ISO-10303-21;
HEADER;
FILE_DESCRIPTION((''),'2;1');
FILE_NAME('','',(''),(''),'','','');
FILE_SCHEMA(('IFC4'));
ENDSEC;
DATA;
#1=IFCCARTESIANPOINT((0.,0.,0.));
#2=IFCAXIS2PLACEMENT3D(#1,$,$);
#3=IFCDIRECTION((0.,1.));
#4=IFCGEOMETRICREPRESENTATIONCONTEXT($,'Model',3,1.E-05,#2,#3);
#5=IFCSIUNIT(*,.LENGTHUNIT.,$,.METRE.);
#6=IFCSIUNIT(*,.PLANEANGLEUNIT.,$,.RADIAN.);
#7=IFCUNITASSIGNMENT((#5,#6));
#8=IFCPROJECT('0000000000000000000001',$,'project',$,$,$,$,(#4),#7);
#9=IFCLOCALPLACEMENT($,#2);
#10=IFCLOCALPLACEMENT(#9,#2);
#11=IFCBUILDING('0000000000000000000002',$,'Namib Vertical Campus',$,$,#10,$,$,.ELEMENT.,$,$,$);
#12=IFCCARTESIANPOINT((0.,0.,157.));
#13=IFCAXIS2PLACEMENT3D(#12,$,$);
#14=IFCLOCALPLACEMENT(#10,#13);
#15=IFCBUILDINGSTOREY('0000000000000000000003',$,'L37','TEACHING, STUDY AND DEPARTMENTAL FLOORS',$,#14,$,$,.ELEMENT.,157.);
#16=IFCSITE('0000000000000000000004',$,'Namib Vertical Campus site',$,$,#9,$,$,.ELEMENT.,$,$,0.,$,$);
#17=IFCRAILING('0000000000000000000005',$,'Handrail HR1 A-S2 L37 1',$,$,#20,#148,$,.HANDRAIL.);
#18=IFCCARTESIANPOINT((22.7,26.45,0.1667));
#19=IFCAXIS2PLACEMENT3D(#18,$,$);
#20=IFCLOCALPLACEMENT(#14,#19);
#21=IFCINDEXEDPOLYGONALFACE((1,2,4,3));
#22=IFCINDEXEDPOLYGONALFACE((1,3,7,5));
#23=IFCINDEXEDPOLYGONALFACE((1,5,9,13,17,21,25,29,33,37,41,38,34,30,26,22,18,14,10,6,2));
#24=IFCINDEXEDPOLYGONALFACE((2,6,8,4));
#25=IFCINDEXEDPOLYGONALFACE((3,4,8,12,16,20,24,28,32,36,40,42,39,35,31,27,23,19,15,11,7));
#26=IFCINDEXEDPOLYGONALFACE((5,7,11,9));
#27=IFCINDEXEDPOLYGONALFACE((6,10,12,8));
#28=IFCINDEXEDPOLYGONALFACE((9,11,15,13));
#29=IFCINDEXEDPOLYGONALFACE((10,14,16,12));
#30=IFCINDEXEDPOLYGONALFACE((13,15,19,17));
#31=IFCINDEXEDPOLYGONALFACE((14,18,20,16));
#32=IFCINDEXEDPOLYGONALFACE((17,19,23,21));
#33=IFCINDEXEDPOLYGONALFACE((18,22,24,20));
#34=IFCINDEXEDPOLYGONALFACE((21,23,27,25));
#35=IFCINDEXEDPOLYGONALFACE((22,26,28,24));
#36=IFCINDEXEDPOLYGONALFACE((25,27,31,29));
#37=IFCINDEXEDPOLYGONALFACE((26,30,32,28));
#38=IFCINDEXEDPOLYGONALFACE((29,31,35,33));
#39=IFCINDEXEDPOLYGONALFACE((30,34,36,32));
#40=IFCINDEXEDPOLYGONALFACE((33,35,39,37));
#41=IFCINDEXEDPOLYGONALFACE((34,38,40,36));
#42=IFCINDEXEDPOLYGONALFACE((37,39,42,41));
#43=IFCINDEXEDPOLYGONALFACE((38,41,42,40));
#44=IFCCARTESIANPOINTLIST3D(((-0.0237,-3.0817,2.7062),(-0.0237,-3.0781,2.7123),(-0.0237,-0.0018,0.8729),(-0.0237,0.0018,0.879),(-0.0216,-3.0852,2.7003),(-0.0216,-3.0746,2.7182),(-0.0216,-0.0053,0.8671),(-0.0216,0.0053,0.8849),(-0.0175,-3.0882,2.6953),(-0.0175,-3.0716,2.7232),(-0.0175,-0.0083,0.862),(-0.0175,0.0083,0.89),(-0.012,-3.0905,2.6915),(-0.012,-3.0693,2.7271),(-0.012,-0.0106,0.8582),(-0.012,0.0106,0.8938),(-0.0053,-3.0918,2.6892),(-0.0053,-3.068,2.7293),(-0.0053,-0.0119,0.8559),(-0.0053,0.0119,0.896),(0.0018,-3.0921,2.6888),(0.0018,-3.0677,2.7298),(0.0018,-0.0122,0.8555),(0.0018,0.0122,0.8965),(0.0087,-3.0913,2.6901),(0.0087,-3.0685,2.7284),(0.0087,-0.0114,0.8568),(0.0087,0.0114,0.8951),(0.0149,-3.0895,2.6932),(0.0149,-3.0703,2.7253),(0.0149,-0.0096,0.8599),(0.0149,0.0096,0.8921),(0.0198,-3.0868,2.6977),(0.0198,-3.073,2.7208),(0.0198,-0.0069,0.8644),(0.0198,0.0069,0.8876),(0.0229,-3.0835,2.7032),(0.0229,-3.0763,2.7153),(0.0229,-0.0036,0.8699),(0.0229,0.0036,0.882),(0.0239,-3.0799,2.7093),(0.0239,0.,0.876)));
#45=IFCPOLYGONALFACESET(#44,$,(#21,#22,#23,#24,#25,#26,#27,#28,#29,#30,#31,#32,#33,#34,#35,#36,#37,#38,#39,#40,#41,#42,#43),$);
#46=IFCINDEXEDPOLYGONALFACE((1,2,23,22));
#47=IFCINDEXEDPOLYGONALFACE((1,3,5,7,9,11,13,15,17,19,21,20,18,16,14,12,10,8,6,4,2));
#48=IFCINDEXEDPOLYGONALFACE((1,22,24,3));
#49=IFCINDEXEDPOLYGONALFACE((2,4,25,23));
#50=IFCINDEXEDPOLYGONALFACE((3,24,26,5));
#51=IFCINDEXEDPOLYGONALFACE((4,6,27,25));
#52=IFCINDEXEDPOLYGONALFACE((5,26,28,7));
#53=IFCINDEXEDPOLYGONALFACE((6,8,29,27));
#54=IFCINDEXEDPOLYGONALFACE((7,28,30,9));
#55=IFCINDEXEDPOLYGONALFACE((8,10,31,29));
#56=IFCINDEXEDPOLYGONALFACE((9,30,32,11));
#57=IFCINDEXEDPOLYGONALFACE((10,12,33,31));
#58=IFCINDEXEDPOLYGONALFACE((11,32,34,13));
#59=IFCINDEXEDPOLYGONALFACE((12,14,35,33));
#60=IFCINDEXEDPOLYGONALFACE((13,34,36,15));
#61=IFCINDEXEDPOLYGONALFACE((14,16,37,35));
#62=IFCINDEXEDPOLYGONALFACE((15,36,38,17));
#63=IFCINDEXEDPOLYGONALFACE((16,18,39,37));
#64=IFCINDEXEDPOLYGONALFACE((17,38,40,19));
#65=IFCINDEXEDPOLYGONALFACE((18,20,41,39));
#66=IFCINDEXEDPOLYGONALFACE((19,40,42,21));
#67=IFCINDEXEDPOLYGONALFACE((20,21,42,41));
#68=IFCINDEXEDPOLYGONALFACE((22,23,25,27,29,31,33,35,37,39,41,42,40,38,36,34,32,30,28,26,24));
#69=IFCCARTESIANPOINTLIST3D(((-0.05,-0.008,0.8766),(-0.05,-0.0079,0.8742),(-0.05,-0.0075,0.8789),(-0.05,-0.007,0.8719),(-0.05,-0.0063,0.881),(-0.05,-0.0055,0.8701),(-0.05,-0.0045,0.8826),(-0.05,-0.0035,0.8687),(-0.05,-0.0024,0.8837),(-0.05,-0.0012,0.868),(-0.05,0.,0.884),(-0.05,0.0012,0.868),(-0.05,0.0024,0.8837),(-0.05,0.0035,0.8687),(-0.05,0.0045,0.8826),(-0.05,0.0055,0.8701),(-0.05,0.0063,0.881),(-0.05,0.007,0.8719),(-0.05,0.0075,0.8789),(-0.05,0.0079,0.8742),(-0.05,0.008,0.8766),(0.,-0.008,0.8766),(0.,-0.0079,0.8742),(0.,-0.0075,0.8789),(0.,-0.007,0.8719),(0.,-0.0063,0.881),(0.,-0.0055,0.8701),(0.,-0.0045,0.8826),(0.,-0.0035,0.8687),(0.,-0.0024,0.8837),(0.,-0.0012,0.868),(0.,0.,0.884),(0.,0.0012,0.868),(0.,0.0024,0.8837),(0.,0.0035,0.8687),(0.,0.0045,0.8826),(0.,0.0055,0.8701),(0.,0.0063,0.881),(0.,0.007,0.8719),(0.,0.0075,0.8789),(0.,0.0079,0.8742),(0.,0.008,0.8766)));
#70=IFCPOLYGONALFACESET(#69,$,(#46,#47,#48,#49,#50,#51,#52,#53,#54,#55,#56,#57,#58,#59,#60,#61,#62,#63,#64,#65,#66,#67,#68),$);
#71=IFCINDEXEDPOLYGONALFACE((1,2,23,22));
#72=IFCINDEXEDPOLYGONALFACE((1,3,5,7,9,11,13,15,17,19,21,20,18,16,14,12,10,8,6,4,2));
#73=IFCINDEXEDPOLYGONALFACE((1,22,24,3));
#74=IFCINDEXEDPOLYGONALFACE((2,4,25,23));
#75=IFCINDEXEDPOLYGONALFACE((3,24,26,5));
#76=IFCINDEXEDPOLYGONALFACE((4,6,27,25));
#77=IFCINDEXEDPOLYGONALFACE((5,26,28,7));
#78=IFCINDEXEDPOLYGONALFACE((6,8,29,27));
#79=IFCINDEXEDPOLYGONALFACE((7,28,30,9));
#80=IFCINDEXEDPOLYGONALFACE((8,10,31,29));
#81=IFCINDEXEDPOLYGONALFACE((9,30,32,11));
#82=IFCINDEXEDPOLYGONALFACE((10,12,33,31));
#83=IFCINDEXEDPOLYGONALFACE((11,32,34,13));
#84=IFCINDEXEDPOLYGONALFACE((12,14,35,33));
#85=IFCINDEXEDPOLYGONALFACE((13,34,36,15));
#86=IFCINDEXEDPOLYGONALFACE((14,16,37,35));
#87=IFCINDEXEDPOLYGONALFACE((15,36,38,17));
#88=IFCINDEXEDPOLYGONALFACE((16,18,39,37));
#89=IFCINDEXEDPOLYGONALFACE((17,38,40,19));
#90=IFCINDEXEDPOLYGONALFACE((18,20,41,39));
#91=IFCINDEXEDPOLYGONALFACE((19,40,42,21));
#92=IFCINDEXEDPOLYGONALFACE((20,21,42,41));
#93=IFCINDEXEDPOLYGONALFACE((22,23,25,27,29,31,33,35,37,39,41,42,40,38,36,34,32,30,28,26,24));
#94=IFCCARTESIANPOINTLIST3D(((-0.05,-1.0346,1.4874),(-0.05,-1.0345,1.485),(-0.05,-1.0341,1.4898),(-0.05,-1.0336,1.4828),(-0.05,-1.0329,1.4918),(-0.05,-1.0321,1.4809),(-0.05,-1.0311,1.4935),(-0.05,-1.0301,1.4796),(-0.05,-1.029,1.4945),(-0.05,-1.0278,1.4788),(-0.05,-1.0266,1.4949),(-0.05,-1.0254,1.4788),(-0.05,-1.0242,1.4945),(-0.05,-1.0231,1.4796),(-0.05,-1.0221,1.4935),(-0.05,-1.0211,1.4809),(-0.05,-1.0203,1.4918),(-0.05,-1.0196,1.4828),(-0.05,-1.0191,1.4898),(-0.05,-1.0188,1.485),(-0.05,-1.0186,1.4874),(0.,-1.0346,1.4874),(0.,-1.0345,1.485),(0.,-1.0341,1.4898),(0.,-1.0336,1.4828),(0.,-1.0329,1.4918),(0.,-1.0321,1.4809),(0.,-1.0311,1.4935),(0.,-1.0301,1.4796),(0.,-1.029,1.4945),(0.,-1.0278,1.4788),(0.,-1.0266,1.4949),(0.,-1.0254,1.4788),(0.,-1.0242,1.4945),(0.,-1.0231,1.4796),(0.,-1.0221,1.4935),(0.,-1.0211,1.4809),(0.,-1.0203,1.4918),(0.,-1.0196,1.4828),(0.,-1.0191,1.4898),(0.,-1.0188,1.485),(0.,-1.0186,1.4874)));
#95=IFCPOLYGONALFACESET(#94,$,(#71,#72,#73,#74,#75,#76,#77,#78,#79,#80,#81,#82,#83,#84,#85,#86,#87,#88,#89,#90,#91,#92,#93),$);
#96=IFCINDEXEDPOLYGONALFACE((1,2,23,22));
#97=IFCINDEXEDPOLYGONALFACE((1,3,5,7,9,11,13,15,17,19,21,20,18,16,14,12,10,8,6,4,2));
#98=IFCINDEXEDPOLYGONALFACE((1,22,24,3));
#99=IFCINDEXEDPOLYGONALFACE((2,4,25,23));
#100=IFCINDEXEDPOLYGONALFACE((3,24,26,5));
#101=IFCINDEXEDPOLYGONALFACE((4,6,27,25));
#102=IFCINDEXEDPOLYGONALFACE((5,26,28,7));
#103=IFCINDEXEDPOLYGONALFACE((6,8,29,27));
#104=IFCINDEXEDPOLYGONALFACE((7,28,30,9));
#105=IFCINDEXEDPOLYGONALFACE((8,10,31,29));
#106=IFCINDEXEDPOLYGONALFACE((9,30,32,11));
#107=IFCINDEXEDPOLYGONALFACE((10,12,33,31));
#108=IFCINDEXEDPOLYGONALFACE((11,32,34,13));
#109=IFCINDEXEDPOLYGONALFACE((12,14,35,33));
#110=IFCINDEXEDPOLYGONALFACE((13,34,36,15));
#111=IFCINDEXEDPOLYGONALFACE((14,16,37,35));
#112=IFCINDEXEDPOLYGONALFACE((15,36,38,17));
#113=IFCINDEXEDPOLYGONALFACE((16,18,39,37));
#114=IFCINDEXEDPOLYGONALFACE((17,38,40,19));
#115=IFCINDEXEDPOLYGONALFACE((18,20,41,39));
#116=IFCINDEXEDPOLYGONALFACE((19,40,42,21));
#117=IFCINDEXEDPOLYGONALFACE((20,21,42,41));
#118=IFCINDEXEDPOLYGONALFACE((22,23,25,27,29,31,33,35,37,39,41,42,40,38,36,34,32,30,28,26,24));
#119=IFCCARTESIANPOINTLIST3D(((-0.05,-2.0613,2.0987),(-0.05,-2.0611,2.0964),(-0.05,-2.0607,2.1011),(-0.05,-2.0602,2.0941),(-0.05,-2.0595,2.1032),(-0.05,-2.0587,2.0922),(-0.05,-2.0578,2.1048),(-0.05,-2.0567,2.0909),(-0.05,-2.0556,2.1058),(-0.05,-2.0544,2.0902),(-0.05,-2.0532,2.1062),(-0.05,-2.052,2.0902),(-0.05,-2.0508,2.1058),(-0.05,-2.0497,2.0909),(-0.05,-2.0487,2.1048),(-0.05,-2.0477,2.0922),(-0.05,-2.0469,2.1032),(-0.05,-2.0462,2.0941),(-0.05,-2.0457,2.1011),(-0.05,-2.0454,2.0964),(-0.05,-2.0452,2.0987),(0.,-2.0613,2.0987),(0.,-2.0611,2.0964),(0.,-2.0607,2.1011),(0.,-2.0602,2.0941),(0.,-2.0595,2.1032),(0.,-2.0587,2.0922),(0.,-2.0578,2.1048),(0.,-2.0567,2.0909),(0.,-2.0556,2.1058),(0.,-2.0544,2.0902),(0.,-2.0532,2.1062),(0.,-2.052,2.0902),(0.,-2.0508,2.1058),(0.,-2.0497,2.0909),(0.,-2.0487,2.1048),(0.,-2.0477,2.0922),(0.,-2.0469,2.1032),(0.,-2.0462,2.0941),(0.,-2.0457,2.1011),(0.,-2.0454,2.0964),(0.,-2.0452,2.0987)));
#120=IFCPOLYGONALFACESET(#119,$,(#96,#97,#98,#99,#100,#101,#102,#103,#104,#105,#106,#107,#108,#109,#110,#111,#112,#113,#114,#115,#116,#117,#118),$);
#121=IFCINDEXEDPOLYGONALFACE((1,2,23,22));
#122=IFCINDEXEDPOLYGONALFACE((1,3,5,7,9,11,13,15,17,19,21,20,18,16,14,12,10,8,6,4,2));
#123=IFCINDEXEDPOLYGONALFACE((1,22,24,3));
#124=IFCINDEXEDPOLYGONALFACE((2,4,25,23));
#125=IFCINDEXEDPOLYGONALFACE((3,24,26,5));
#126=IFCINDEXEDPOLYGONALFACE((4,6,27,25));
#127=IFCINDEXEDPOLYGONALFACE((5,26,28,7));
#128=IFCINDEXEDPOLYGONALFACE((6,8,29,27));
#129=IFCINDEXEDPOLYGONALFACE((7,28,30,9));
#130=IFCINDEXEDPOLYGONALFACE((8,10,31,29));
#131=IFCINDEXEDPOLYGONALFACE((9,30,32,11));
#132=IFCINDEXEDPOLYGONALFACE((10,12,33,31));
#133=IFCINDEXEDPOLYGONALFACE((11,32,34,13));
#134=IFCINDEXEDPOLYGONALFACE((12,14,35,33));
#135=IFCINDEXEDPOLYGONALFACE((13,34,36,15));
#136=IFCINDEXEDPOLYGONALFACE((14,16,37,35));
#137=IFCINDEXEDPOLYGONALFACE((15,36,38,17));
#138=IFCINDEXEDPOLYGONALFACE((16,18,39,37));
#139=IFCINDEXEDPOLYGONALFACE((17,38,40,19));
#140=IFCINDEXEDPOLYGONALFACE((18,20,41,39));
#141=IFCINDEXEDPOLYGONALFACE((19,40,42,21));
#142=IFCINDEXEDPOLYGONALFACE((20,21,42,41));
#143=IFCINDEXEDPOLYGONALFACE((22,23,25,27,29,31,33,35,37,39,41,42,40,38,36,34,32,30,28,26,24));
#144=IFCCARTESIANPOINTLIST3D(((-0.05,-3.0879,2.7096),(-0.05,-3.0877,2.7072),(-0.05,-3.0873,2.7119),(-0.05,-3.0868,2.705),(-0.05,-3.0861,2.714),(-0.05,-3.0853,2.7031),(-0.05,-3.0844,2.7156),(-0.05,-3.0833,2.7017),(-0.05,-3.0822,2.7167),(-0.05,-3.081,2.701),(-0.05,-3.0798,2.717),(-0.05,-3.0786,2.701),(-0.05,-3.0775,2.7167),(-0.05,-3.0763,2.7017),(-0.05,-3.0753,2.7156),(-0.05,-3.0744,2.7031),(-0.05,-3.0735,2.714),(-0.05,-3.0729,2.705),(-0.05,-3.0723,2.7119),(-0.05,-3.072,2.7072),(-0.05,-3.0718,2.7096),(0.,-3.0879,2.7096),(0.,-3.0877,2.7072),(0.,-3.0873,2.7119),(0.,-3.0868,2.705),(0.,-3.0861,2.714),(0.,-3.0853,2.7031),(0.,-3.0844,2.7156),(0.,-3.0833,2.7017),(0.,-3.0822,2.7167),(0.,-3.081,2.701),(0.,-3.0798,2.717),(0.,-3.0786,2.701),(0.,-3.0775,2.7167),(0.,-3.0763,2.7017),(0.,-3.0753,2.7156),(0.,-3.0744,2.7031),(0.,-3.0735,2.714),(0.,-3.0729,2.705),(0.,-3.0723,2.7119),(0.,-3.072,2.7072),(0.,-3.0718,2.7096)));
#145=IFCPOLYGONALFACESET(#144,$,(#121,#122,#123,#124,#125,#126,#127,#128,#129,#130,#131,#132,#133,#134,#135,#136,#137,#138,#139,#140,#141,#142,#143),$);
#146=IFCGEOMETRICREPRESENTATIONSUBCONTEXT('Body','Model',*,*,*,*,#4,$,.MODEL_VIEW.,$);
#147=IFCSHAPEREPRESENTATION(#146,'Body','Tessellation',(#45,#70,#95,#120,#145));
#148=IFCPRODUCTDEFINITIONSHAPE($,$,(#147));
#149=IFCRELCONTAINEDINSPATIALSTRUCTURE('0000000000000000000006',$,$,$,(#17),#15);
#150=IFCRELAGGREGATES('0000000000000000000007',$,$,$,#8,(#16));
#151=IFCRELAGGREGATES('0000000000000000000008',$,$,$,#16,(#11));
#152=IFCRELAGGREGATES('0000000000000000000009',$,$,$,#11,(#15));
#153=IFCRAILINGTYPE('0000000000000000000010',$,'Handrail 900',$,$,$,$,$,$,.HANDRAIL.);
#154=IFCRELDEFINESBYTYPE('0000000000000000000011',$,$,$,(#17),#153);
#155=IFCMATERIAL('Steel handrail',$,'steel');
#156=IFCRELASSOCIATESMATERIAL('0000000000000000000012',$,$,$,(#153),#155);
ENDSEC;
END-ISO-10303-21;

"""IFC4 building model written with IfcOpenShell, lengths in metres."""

from ifc_helpers import new_model, si_unit, direction, frame, origin, origin_2d, place, context, subcontext, project, spatial, circle, extrude, material, type_object, element, save


model = new_model("IFC4")

# Units and contexts
model_context = context("Model", 3, precision=1e-05, world=origin(), true_north=direction((0.0, 1.0)))
body_context = subcontext(model_context, "Body", "Model", "MODEL_VIEW")
ifc_project = project(units=[si_unit("LENGTHUNIT", "METRE"), si_unit("PLANEANGLEUNIT", "RADIAN")], contexts=[model_context])

# Site, building, storey
site_placement = place(None, origin())
site = spatial("IfcSite", under=ifc_project, at=site_placement, Name="Namib Vertical Campus site", CompositionType="ELEMENT", RefElevation=0.0)
building_placement = place(site_placement, origin())
building = spatial("IfcBuilding", under=site, at=building_placement, Name="Namib Vertical Campus", CompositionType="ELEMENT")
storey_placement = place(building_placement, frame((0.0, 0.0, 157.0)))
storey = spatial("IfcBuildingStorey", under=building, at=storey_placement, Name="L37", Description="TEACHING, STUDY AND DEPARTMENTAL FLOORS", CompositionType="ELEMENT", Elevation=157.0)

# Railing
ifc_material_1 = material(Name="Steel handrail", Category="steel")
railing_type_1 = type_object("IfcRailingType", Name="Handrail 900", PredefinedType="HANDRAIL", material=ifc_material_1)
railing_1_placement = place(storey_placement, frame((22.7, 26.45, 0.1667)))
element("IfcRailing", 1, at=railing_1_placement, inside=storey, type_object=railing_type_1, Name="Handrail HR1 A-S2 L37 1", PredefinedType="HANDRAIL", context=body_context, shape_type="SweptSolid", body=[
    extrude(circle(Radius=0.0239, at=origin_2d()), frame((0.0, 0.0, 0.876), z_axis=(0.0, -0.859291, 0.511487), x_axis=(1.0, 0.0, 0.0)), (0.0, 0.0, 1.0), 3.5842),
    extrude(circle(Radius=0.0081, at=origin_2d()), frame((0.0, 0.0, 0.876), z_axis=(-1.0, 0.0, 0.0), x_axis=(0.0, 0.0, 1.0)), (0.0, 0.0, 1.0), 0.05),
    extrude(circle(Radius=0.0081, at=origin_2d()), frame((0.0, -1.0266, 1.4868), z_axis=(-1.0, 0.0, 0.0), x_axis=(0.0, 0.0, 1.0)), (0.0, 0.0, 1.0), 0.05),
    extrude(circle(Radius=0.0081, at=origin_2d()), frame((0.0, -2.0532, 2.0981), z_axis=(-1.0, 0.0, 0.0), x_axis=(0.0, 0.0, 1.0)), (0.0, 0.0, 1.0), 0.05),
    extrude(circle(Radius=0.0081, at=origin_2d()), frame((0.0, -3.0798, 2.709), z_axis=(-1.0, 0.0, 0.0), x_axis=(0.0, 0.0, 1.0)), (0.0, 0.0, 1.0), 0.05),
])

save(model, "model.ifc")
